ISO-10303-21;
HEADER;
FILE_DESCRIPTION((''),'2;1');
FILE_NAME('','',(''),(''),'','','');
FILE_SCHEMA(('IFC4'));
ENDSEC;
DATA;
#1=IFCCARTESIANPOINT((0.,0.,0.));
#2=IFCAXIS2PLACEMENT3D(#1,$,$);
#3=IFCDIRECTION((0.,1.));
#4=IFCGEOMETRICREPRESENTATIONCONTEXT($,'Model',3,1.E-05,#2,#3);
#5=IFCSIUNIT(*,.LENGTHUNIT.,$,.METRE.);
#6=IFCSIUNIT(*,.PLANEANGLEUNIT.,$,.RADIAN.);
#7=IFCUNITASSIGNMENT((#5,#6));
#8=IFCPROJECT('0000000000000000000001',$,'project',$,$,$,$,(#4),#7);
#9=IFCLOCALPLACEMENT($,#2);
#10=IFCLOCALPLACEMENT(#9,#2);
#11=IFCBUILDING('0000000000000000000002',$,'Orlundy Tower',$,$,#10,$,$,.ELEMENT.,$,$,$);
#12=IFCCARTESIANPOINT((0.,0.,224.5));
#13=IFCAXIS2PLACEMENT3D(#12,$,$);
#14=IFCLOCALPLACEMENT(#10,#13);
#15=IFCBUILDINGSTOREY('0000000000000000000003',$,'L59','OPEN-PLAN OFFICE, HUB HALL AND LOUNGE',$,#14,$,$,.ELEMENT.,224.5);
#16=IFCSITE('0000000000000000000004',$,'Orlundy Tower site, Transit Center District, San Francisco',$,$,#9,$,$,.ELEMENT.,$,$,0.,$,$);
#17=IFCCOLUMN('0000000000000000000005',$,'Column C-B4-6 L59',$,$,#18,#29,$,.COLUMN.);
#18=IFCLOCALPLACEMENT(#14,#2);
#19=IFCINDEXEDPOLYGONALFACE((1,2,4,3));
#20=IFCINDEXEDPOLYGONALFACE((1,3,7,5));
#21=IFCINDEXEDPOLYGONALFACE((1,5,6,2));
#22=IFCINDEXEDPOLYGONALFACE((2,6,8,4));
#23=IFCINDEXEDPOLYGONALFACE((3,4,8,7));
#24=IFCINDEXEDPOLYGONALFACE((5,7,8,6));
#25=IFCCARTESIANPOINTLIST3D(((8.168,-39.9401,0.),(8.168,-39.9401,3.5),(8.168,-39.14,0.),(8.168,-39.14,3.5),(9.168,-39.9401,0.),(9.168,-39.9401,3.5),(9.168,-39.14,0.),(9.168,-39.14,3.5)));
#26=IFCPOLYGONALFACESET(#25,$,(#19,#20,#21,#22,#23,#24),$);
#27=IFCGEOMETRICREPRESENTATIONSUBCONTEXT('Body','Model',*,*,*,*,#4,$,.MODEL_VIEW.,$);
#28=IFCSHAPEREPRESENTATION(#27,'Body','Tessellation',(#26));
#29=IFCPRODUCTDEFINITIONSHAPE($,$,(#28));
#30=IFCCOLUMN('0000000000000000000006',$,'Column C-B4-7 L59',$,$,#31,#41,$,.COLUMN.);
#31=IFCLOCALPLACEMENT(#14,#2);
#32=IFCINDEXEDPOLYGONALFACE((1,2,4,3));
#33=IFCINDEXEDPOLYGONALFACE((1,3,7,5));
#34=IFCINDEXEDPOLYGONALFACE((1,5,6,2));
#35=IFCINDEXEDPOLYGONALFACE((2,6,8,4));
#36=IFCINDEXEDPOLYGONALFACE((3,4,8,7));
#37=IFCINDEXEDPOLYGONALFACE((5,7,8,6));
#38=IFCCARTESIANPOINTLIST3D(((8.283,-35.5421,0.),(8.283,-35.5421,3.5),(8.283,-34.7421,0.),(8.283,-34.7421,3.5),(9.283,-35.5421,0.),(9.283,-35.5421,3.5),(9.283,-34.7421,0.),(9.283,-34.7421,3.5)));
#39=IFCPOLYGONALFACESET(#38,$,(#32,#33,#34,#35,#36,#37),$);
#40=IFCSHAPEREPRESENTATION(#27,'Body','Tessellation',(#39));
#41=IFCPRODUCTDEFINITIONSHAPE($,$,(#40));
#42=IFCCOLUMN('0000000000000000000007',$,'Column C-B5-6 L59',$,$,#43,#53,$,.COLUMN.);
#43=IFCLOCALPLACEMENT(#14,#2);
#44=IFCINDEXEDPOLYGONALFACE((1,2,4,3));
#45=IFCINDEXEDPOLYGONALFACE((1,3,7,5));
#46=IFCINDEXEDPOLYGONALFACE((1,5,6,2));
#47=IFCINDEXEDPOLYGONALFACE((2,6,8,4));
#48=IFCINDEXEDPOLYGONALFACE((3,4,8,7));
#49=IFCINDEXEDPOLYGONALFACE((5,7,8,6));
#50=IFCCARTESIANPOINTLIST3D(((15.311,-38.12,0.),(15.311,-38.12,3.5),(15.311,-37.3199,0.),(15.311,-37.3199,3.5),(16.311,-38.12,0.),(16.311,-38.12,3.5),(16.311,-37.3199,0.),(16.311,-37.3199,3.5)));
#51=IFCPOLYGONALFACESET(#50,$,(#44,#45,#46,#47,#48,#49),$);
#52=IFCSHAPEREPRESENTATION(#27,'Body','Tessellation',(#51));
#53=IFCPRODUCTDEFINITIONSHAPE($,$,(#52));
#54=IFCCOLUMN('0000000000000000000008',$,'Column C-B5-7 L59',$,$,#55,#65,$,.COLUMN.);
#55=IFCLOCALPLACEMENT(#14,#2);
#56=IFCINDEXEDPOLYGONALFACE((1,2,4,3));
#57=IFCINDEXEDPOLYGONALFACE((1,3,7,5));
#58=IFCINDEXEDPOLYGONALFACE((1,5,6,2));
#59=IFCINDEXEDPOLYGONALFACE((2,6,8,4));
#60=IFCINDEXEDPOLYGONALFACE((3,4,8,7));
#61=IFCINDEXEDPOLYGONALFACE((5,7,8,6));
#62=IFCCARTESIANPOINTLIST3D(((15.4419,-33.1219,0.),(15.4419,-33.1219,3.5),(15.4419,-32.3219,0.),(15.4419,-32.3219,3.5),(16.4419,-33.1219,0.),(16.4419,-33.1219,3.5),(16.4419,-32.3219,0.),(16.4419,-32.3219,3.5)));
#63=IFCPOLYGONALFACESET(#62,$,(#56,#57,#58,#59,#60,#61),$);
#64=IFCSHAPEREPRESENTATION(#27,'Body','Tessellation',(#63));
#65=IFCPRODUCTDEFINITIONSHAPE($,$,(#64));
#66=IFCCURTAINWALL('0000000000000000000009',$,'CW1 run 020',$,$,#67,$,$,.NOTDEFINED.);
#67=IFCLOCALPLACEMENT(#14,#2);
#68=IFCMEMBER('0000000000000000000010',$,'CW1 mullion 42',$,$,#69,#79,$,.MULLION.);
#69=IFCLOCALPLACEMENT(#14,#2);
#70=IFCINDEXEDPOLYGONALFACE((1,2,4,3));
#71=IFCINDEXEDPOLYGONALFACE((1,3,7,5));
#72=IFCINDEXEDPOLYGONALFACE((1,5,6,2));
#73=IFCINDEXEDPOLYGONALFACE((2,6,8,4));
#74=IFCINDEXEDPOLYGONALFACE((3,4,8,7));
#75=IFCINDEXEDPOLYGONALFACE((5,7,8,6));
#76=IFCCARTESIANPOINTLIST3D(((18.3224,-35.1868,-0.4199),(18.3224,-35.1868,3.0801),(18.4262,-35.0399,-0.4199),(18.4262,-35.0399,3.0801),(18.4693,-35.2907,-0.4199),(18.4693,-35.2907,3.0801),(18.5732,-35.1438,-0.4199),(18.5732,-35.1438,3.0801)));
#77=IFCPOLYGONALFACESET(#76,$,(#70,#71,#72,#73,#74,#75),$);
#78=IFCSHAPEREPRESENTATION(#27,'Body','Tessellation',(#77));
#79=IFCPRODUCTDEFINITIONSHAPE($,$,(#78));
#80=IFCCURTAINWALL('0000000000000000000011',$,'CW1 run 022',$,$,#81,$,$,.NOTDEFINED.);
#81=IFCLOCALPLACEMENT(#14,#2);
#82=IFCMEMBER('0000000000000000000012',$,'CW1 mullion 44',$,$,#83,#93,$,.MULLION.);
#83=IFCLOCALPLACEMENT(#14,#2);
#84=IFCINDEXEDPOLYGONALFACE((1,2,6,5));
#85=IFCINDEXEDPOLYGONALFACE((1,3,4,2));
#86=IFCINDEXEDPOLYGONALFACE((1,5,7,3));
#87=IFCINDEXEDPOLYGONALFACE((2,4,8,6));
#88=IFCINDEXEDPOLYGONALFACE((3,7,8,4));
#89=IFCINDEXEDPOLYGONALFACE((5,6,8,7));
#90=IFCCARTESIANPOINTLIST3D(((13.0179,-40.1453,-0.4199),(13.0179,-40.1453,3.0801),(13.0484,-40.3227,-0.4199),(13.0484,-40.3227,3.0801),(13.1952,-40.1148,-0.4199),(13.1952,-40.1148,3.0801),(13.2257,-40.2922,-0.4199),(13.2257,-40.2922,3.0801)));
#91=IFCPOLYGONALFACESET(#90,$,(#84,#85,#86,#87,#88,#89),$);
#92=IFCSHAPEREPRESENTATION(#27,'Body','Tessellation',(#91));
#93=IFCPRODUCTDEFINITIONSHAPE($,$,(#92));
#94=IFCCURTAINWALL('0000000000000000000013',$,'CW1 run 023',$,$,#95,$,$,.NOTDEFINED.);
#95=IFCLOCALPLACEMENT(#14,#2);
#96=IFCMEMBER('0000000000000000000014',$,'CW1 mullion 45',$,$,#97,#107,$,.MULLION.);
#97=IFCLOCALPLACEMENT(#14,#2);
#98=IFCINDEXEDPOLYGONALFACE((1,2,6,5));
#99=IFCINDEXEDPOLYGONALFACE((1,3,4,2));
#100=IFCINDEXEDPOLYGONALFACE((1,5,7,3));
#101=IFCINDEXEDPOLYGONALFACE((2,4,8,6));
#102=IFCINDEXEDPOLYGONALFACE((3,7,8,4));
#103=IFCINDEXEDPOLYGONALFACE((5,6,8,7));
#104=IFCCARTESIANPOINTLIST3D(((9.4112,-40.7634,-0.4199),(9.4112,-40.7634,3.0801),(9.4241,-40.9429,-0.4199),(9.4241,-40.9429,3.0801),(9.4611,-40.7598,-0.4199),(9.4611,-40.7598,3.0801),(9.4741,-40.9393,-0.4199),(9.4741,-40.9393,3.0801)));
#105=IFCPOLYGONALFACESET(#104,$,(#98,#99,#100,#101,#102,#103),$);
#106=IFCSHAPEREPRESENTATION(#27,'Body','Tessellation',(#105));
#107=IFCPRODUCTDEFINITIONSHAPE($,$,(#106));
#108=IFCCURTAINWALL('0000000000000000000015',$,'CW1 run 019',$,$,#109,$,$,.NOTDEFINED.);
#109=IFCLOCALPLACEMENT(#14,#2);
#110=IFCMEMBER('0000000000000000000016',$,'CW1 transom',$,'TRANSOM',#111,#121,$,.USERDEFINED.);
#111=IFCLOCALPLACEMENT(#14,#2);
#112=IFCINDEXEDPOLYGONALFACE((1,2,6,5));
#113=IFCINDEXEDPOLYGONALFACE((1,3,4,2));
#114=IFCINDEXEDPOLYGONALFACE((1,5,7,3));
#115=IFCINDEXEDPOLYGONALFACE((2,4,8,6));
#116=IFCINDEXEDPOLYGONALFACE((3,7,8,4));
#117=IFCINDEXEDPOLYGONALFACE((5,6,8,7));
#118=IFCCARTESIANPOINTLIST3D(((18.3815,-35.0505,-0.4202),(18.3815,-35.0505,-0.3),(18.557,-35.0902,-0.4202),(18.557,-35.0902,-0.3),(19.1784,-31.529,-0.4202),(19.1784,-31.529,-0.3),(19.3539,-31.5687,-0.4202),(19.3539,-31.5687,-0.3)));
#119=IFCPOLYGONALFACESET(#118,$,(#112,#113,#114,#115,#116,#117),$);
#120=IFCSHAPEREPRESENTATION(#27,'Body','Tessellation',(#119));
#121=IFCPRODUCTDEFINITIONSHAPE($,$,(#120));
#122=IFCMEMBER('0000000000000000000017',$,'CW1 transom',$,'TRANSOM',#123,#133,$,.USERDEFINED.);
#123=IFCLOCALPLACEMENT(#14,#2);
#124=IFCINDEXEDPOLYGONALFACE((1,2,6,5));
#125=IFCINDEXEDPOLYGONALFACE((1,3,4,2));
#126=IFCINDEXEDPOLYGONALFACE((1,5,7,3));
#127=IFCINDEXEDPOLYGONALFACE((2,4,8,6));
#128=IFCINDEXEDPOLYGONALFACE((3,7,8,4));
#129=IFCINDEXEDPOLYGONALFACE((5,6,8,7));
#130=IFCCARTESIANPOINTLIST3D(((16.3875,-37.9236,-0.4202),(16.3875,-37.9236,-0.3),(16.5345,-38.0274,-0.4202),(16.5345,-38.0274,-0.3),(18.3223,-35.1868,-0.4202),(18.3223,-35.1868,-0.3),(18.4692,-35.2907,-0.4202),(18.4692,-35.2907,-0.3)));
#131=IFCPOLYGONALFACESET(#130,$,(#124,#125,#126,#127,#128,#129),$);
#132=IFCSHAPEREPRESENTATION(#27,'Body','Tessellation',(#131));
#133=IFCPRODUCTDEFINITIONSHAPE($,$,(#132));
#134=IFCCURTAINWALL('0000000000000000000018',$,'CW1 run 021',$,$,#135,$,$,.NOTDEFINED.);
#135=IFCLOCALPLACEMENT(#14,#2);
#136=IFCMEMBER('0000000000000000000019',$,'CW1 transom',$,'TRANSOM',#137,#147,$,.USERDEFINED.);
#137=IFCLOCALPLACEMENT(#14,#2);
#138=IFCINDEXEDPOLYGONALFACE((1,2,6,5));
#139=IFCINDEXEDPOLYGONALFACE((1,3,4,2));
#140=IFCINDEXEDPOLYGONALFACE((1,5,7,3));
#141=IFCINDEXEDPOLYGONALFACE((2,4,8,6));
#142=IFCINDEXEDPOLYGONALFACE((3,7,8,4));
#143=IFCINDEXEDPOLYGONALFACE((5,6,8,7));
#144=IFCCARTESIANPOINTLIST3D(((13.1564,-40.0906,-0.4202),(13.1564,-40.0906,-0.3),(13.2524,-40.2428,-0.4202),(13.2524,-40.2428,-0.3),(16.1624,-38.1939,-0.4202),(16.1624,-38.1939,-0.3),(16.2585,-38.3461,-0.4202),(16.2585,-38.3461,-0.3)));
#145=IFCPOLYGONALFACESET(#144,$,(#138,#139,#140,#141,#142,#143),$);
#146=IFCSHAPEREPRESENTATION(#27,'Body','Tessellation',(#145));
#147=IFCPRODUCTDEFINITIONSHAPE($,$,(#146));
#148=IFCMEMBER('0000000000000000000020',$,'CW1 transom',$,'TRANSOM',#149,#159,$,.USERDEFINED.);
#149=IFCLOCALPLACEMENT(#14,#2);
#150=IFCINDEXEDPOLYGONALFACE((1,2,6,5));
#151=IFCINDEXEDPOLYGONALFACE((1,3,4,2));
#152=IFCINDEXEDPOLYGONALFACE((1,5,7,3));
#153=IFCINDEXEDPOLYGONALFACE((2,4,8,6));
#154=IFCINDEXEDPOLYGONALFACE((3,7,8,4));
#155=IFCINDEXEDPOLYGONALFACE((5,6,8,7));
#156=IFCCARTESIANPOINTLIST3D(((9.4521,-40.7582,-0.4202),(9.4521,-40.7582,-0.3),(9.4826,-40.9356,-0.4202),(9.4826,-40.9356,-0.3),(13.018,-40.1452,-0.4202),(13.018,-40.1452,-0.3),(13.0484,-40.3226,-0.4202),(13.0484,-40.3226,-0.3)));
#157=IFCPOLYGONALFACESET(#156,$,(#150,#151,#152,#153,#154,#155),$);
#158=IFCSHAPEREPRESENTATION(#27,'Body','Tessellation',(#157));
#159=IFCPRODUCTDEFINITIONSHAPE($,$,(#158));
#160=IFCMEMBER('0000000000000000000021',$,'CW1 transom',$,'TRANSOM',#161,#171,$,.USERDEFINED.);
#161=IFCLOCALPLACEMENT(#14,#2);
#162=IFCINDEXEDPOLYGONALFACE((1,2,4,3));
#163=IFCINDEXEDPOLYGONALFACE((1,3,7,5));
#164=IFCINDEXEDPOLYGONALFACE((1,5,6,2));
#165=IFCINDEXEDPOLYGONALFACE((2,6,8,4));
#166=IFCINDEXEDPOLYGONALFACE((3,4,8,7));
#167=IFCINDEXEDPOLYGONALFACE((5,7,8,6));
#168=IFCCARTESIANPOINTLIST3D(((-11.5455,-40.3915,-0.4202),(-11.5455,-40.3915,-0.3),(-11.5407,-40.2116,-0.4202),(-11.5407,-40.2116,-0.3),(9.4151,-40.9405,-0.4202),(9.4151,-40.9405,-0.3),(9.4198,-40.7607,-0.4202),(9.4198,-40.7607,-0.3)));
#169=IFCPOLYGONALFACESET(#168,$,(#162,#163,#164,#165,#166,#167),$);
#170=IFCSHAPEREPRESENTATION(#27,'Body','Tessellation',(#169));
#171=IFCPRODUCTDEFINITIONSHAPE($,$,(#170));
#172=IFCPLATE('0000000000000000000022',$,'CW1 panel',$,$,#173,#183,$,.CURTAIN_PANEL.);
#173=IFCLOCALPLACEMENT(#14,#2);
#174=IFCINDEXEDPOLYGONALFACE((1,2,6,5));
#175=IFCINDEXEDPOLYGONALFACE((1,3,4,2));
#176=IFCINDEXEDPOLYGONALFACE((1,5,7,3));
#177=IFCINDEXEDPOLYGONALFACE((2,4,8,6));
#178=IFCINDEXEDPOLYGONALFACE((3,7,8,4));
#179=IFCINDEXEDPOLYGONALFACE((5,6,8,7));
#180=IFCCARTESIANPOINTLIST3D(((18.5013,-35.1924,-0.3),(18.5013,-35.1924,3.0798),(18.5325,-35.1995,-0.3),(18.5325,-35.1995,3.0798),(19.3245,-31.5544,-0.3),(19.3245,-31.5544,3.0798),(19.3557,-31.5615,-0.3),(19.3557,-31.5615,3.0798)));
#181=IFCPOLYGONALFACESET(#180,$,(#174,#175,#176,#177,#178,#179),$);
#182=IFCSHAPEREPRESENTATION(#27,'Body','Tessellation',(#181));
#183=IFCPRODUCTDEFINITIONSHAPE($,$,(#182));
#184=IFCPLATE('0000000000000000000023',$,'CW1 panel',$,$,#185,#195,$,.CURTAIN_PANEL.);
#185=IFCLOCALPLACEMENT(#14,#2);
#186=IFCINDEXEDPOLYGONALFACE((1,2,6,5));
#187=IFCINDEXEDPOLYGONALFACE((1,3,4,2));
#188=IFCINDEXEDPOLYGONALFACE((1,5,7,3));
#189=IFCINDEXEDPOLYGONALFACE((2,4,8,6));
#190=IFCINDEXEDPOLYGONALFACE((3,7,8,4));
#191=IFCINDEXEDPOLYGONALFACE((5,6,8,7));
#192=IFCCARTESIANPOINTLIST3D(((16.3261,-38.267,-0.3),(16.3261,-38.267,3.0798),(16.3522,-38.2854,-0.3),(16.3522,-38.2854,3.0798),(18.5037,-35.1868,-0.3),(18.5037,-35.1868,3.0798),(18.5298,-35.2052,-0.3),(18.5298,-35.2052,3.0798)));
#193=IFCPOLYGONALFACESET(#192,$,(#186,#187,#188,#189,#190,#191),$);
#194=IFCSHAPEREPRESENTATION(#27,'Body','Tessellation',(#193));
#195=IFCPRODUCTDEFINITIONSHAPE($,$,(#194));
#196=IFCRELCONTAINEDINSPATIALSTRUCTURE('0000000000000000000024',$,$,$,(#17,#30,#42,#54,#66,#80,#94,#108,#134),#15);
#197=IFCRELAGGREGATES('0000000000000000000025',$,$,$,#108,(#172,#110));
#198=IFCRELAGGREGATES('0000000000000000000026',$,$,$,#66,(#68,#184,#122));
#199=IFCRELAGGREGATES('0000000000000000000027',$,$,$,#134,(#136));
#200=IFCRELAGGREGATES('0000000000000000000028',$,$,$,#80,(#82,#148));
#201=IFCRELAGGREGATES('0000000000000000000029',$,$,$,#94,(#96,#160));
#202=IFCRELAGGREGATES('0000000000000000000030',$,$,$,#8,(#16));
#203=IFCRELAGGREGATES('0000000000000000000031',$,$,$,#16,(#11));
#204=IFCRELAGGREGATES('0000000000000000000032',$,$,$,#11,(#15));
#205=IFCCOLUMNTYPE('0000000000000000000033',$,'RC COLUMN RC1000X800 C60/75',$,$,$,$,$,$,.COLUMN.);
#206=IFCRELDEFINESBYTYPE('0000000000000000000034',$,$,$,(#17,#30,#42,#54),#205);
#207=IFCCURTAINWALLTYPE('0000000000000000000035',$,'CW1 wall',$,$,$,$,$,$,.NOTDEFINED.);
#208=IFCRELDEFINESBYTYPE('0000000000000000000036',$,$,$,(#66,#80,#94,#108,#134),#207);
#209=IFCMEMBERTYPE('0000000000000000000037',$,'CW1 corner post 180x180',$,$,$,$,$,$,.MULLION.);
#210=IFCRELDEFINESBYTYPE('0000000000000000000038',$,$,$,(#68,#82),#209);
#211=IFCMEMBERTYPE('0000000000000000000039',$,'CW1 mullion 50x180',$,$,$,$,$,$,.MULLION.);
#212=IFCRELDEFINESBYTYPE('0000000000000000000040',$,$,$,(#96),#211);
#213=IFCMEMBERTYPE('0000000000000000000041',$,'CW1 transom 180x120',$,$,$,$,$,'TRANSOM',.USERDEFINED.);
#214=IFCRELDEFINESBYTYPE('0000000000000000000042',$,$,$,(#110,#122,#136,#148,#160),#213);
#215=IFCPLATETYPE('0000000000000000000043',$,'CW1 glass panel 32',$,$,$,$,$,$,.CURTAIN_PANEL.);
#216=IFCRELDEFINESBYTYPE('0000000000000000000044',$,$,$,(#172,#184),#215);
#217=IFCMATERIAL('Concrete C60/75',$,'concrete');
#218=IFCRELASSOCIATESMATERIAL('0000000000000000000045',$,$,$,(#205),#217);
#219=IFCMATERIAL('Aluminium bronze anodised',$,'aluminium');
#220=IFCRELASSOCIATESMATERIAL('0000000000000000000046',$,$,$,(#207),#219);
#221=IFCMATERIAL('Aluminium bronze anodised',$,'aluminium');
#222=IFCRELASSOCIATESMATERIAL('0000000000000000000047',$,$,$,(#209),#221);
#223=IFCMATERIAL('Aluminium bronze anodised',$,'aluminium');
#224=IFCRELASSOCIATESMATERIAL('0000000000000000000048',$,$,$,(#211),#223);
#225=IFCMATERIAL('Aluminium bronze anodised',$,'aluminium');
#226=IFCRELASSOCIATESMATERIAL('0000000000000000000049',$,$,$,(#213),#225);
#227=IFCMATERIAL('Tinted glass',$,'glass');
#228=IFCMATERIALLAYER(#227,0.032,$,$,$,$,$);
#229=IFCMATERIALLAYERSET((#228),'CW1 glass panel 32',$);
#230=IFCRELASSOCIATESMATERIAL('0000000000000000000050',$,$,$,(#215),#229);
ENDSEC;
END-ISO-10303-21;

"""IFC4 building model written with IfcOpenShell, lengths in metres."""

from ifc_helpers import new_model, si_unit, direction, frame, origin, origin_2d, place, context, subcontext, project, spatial, rectangle, extrude, material, layer, layer_set, material_profile, profile_set, type_object, element, aggregate, save


model = new_model("IFC4")

# Units and contexts
model_context = context("Model", 3, precision=1e-05, world=origin(), true_north=direction((0.0, 1.0)))
body_context = subcontext(model_context, "Body", "Model", "MODEL_VIEW")
ifc_project = project(units=[si_unit("LENGTHUNIT", "METRE"), si_unit("PLANEANGLEUNIT", "RADIAN")], contexts=[model_context])

# Site, building, storey
site_placement = place(None, origin())
site = spatial("IfcSite", under=ifc_project, at=site_placement, Name="Orlundy Tower site, Transit Center District, San Francisco", CompositionType="ELEMENT", RefElevation=0.0)
building_placement = place(site_placement, origin())
building = spatial("IfcBuilding", under=site, at=building_placement, Name="Orlundy Tower", CompositionType="ELEMENT")
storey_placement = place(building_placement, frame((0.0, 0.0, 224.5)))
storey = spatial("IfcBuildingStorey", under=building, at=storey_placement, Name="L59", Description="OPEN-PLAN OFFICE, HUB HALL AND LOUNGE", CompositionType="ELEMENT", Elevation=224.5)

# Columns
ifc_material_1 = material(Name="Concrete C60/75", Category="concrete")
ifc_material_profile_1 = material_profile(ifc_material_1, rectangle(XDim=1.0, YDim=0.8, at=origin_2d()), Name="RC1000X800")
ifc_profile_set_1 = profile_set([ifc_material_profile_1], Name="Concrete C60/75")
column_type = type_object("IfcColumnType", Name="RC COLUMN RC1000X800 C60/75", PredefinedType="COLUMN", material=ifc_profile_set_1)
for number, where, z_axis, x_axis, name in (
    (1, (8.668, -39.54, 0.0), (0.0, 0.0, 1.0), (1.0, 0.0, 0.0), "Column C-B4-6 L59"),
    (2, (8.783, -35.1421, 0.0), (0.0, 0.0, 1.0), (1.0, 0.0, 0.0), "Column C-B4-7 L59"),
    (3, (15.811, -37.72, 0.0), (0.0, 0.0, 1.0), (1.0, 0.0, 0.0), "Column C-B5-6 L59"),
    (4, (15.9419, -32.7219, 0.0), (0.0, 0.0, 1.0), (1.0, 0.0, 0.0), "Column C-B5-7 L59"),
):
    element("IfcColumn", number, at=place(storey_placement, frame(where, z_axis=z_axis, x_axis=x_axis)), inside=storey, type_object=column_type, Name=name, PredefinedType="COLUMN", context=body_context, shape_type="SweptSolid", body=[
        extrude(rectangle(XDim=1.0, YDim=0.8, at=origin_2d()), origin(), (0.0, 0.0, 1.0), 3.5),
    ])

# Curtain walls, members
ifc_material_2 = material(Name="Aluminium bronze anodised", Category="aluminium")
curtain_wall_type = type_object("IfcCurtainWallType", Name="CW1 wall", PredefinedType="NOTDEFINED", material=ifc_material_2)
curtain_wall_1_placement = place(storey_placement, origin())
curtain_wall_1 = element("IfcCurtainWall", 5, at=curtain_wall_1_placement, inside=storey, type_object=curtain_wall_type, Name="CW1 run 020", PredefinedType="NOTDEFINED")
ifc_material_3 = material(Name="Aluminium bronze anodised", Category="aluminium")
ifc_material_profile_2 = material_profile(ifc_material_3, rectangle(XDim=0.1799, YDim=0.1799, at=origin_2d()), Name="CW1 corner post 180x180")
ifc_profile_set_2 = profile_set([ifc_material_profile_2], Name="Aluminium bronze anodised")
member_type_1 = type_object("IfcMemberType", Name="CW1 corner post 180x180", PredefinedType="MULLION", material=ifc_profile_set_2)
member_1_placement = place(storey_placement, frame((18.4478, -35.1653, -0.4199), z_axis=(0.0, 0.0, 1.0), x_axis=(0.816549, -0.577276, 0.0)))
member_1 = element("IfcMember", 6, at=member_1_placement, type_object=member_type_1, Name="CW1 mullion 42", PredefinedType="MULLION", context=body_context, shape_type="SweptSolid", body=[
    extrude(rectangle(XDim=0.1799, YDim=0.1799, at=origin_2d()), origin(), (0.0, 0.0, 1.0), 3.5),
])
curtain_wall_2_placement = place(storey_placement, origin())
curtain_wall_2 = element("IfcCurtainWall", 7, at=curtain_wall_2_placement, inside=storey, type_object=curtain_wall_type, Name="CW1 run 022", PredefinedType="NOTDEFINED")
member_2_placement = place(storey_placement, frame((13.1218, -40.2188, -0.4199), z_axis=(0.0, 0.0, 1.0), x_axis=(0.169428, -0.985543, 0.0)))
member_2 = element("IfcMember", 8, at=member_2_placement, type_object=member_type_1, Name="CW1 mullion 44", PredefinedType="MULLION", context=body_context, shape_type="SweptSolid", body=[
    extrude(rectangle(XDim=0.1799, YDim=0.1799, at=origin_2d()), origin(), (0.0, 0.0, 1.0), 3.5),
])
curtain_wall_3_placement = place(storey_placement, origin())
curtain_wall_3 = element("IfcCurtainWall", 9, at=curtain_wall_3_placement, inside=storey, type_object=curtain_wall_type, Name="CW1 run 023", PredefinedType="NOTDEFINED")
ifc_material_4 = material(Name="Aluminium bronze anodised", Category="aluminium")
ifc_material_profile_3 = material_profile(ifc_material_4, rectangle(XDim=0.1799, YDim=0.05, at=origin_2d()), Name="CW1 mullion 50x180")
ifc_profile_set_3 = profile_set([ifc_material_profile_3], Name="Aluminium bronze anodised")
member_type_2 = type_object("IfcMemberType", Name="CW1 mullion 50x180", PredefinedType="MULLION", material=ifc_profile_set_3)
member_3_placement = place(storey_placement, frame((9.4426, -40.8513, -0.4199), z_axis=(0.0, 0.0, 1.0), x_axis=(0.071966, -0.997407, 0.0)))
member_3 = element("IfcMember", 10, at=member_3_placement, type_object=member_type_2, Name="CW1 mullion 45", PredefinedType="MULLION", context=body_context, shape_type="SweptSolid", body=[
    extrude(rectangle(XDim=0.1799, YDim=0.05, at=origin_2d()), origin(), (0.0, 0.0, 1.0), 3.5),
])
curtain_wall_4_placement = place(storey_placement, origin())
curtain_wall_4 = element("IfcCurtainWall", 11, at=curtain_wall_4_placement, inside=storey, type_object=curtain_wall_type, Name="CW1 run 019", PredefinedType="NOTDEFINED")
ifc_material_5 = material(Name="Aluminium bronze anodised", Category="aluminium")
ifc_material_profile_4 = material_profile(ifc_material_5, rectangle(XDim=0.1799, YDim=0.1201, at=origin_2d()), Name="CW1 transom 180x120")
ifc_profile_set_4 = profile_set([ifc_material_profile_4], Name="Aluminium bronze anodised")
member_type_3 = type_object("IfcMemberType", Name="CW1 transom 180x120", ElementType="TRANSOM", PredefinedType="USERDEFINED", material=ifc_profile_set_4)
member_4_placement = place(storey_placement, frame((19.2661, -31.5488, -0.3601), z_axis=(-0.220709, -0.97534, 0.0), x_axis=(0.97534, -0.220709, 0.0)))
member_4 = element("IfcMember", 12, at=member_4_placement, type_object=member_type_3, Name="CW1 transom", ObjectType="TRANSOM", PredefinedType="USERDEFINED", context=body_context, shape_type="SweptSolid", body=[
    extrude(rectangle(XDim=0.1799, YDim=0.1201, at=origin_2d()), origin(), (0.0, 0.0, 1.0), 3.6106),
])

# Member
member_5_placement = place(storey_placement, frame((18.3958, -35.2388, -0.3601), z_axis=(-0.577269, -0.816554, 0.0), x_axis=(0.816554, -0.577269, 0.0)))
member_5 = element("IfcMember", 13, at=member_5_placement, type_object=member_type_3, Name="CW1 transom", ObjectType="TRANSOM", PredefinedType="USERDEFINED", context=body_context, shape_type="SweptSolid", body=[
    extrude(rectangle(XDim=0.1799, YDim=0.1201, at=origin_2d()), origin(), (0.0, 0.0, 1.0), 3.3516),
])

# Curtain wall, member
curtain_wall_5_placement = place(storey_placement, origin())
curtain_wall_5 = element("IfcCurtainWall", 14, at=curtain_wall_5_placement, inside=storey, type_object=curtain_wall_type, Name="CW1 run 021", PredefinedType="NOTDEFINED")
member_6_placement = place(storey_placement, frame((16.2104, -38.27, -0.3601), z_axis=(-0.845725, -0.533618, 0.0), x_axis=(0.533618, -0.845725, 0.0)))
member_6 = element("IfcMember", 15, at=member_6_placement, type_object=member_type_3, Name="CW1 transom", ObjectType="TRANSOM", PredefinedType="USERDEFINED", context=body_context, shape_type="SweptSolid", body=[
    extrude(rectangle(XDim=0.1799, YDim=0.1201, at=origin_2d()), origin(), (0.0, 0.0, 1.0), 3.5544),
])

# Members
member_7_placement = place(storey_placement, frame((13.0332, -40.2339, -0.3601), z_axis=(-0.985542, -0.16943, 0.0), x_axis=(0.16943, -0.985542, 0.0)))
member_7 = element("IfcMember", 16, at=member_7_placement, type_object=member_type_3, Name="CW1 transom", ObjectType="TRANSOM", PredefinedType="USERDEFINED", context=body_context, shape_type="SweptSolid", body=[
    extrude(rectangle(XDim=0.1799, YDim=0.1201, at=origin_2d()), origin(), (0.0, 0.0, 1.0), 3.6182),
])
member_8_placement = place(storey_placement, frame((9.4175, -40.8506, -0.3601), z_axis=(-0.999657, 0.026186, 0.0), x_axis=(-0.026186, -0.999657, 0.0)))
member_8 = element("IfcMember", 17, at=member_8_placement, type_object=member_type_3, Name="CW1 transom", ObjectType="TRANSOM", PredefinedType="USERDEFINED", context=body_context, shape_type="SweptSolid", body=[
    extrude(rectangle(XDim=0.1799, YDim=0.1201, at=origin_2d()), origin(), (0.0, 0.0, 1.0), 20.9678),
])

# Plates
ifc_material_6 = material(Name="Tinted glass", Category="glass")
ifc_layer_1 = layer(ifc_material_6, 0.032)
ifc_layer_set_1 = layer_set([ifc_layer_1], Name="CW1 glass panel 32")
plate_type = type_object("IfcPlateType", Name="CW1 glass panel 32", PredefinedType="CURTAIN_PANEL", material=ifc_layer_set_1)
plate_1_placement = place(storey_placement, frame((18.9285, -33.377, -0.3), z_axis=(0.0, 0.0, 1.0), x_axis=(-0.2207, -0.975342, 0.0)))
plate_1 = element("IfcPlate", 18, at=plate_1_placement, type_object=plate_type, Name="CW1 panel", PredefinedType="CURTAIN_PANEL", context=body_context, shape_type="SweptSolid", body=[
    extrude(rectangle(XDim=3.73, YDim=0.032, at=origin_2d()), origin(), (0.0, 0.0, 1.0), 3.3799),
])
aggregate(curtain_wall_4, [plate_1, member_4])
plate_2_placement = place(storey_placement, frame((17.428, -36.7361, -0.3), z_axis=(0.0, 0.0, 1.0), x_axis=(-0.577276, -0.816549, 0.0)))
plate_2 = element("IfcPlate", 19, at=plate_2_placement, type_object=plate_type, Name="CW1 panel", PredefinedType="CURTAIN_PANEL", context=body_context, shape_type="SweptSolid", body=[
    extrude(rectangle(XDim=3.7722, YDim=0.032, at=origin_2d()), origin(), (0.0, 0.0, 1.0), 3.3799),
])
aggregate(curtain_wall_1, [member_1, plate_2, member_5])
aggregate(curtain_wall_5, [member_6])
aggregate(curtain_wall_2, [member_2, member_7])
aggregate(curtain_wall_3, [member_3, member_8])

save(model, "model.ifc")
